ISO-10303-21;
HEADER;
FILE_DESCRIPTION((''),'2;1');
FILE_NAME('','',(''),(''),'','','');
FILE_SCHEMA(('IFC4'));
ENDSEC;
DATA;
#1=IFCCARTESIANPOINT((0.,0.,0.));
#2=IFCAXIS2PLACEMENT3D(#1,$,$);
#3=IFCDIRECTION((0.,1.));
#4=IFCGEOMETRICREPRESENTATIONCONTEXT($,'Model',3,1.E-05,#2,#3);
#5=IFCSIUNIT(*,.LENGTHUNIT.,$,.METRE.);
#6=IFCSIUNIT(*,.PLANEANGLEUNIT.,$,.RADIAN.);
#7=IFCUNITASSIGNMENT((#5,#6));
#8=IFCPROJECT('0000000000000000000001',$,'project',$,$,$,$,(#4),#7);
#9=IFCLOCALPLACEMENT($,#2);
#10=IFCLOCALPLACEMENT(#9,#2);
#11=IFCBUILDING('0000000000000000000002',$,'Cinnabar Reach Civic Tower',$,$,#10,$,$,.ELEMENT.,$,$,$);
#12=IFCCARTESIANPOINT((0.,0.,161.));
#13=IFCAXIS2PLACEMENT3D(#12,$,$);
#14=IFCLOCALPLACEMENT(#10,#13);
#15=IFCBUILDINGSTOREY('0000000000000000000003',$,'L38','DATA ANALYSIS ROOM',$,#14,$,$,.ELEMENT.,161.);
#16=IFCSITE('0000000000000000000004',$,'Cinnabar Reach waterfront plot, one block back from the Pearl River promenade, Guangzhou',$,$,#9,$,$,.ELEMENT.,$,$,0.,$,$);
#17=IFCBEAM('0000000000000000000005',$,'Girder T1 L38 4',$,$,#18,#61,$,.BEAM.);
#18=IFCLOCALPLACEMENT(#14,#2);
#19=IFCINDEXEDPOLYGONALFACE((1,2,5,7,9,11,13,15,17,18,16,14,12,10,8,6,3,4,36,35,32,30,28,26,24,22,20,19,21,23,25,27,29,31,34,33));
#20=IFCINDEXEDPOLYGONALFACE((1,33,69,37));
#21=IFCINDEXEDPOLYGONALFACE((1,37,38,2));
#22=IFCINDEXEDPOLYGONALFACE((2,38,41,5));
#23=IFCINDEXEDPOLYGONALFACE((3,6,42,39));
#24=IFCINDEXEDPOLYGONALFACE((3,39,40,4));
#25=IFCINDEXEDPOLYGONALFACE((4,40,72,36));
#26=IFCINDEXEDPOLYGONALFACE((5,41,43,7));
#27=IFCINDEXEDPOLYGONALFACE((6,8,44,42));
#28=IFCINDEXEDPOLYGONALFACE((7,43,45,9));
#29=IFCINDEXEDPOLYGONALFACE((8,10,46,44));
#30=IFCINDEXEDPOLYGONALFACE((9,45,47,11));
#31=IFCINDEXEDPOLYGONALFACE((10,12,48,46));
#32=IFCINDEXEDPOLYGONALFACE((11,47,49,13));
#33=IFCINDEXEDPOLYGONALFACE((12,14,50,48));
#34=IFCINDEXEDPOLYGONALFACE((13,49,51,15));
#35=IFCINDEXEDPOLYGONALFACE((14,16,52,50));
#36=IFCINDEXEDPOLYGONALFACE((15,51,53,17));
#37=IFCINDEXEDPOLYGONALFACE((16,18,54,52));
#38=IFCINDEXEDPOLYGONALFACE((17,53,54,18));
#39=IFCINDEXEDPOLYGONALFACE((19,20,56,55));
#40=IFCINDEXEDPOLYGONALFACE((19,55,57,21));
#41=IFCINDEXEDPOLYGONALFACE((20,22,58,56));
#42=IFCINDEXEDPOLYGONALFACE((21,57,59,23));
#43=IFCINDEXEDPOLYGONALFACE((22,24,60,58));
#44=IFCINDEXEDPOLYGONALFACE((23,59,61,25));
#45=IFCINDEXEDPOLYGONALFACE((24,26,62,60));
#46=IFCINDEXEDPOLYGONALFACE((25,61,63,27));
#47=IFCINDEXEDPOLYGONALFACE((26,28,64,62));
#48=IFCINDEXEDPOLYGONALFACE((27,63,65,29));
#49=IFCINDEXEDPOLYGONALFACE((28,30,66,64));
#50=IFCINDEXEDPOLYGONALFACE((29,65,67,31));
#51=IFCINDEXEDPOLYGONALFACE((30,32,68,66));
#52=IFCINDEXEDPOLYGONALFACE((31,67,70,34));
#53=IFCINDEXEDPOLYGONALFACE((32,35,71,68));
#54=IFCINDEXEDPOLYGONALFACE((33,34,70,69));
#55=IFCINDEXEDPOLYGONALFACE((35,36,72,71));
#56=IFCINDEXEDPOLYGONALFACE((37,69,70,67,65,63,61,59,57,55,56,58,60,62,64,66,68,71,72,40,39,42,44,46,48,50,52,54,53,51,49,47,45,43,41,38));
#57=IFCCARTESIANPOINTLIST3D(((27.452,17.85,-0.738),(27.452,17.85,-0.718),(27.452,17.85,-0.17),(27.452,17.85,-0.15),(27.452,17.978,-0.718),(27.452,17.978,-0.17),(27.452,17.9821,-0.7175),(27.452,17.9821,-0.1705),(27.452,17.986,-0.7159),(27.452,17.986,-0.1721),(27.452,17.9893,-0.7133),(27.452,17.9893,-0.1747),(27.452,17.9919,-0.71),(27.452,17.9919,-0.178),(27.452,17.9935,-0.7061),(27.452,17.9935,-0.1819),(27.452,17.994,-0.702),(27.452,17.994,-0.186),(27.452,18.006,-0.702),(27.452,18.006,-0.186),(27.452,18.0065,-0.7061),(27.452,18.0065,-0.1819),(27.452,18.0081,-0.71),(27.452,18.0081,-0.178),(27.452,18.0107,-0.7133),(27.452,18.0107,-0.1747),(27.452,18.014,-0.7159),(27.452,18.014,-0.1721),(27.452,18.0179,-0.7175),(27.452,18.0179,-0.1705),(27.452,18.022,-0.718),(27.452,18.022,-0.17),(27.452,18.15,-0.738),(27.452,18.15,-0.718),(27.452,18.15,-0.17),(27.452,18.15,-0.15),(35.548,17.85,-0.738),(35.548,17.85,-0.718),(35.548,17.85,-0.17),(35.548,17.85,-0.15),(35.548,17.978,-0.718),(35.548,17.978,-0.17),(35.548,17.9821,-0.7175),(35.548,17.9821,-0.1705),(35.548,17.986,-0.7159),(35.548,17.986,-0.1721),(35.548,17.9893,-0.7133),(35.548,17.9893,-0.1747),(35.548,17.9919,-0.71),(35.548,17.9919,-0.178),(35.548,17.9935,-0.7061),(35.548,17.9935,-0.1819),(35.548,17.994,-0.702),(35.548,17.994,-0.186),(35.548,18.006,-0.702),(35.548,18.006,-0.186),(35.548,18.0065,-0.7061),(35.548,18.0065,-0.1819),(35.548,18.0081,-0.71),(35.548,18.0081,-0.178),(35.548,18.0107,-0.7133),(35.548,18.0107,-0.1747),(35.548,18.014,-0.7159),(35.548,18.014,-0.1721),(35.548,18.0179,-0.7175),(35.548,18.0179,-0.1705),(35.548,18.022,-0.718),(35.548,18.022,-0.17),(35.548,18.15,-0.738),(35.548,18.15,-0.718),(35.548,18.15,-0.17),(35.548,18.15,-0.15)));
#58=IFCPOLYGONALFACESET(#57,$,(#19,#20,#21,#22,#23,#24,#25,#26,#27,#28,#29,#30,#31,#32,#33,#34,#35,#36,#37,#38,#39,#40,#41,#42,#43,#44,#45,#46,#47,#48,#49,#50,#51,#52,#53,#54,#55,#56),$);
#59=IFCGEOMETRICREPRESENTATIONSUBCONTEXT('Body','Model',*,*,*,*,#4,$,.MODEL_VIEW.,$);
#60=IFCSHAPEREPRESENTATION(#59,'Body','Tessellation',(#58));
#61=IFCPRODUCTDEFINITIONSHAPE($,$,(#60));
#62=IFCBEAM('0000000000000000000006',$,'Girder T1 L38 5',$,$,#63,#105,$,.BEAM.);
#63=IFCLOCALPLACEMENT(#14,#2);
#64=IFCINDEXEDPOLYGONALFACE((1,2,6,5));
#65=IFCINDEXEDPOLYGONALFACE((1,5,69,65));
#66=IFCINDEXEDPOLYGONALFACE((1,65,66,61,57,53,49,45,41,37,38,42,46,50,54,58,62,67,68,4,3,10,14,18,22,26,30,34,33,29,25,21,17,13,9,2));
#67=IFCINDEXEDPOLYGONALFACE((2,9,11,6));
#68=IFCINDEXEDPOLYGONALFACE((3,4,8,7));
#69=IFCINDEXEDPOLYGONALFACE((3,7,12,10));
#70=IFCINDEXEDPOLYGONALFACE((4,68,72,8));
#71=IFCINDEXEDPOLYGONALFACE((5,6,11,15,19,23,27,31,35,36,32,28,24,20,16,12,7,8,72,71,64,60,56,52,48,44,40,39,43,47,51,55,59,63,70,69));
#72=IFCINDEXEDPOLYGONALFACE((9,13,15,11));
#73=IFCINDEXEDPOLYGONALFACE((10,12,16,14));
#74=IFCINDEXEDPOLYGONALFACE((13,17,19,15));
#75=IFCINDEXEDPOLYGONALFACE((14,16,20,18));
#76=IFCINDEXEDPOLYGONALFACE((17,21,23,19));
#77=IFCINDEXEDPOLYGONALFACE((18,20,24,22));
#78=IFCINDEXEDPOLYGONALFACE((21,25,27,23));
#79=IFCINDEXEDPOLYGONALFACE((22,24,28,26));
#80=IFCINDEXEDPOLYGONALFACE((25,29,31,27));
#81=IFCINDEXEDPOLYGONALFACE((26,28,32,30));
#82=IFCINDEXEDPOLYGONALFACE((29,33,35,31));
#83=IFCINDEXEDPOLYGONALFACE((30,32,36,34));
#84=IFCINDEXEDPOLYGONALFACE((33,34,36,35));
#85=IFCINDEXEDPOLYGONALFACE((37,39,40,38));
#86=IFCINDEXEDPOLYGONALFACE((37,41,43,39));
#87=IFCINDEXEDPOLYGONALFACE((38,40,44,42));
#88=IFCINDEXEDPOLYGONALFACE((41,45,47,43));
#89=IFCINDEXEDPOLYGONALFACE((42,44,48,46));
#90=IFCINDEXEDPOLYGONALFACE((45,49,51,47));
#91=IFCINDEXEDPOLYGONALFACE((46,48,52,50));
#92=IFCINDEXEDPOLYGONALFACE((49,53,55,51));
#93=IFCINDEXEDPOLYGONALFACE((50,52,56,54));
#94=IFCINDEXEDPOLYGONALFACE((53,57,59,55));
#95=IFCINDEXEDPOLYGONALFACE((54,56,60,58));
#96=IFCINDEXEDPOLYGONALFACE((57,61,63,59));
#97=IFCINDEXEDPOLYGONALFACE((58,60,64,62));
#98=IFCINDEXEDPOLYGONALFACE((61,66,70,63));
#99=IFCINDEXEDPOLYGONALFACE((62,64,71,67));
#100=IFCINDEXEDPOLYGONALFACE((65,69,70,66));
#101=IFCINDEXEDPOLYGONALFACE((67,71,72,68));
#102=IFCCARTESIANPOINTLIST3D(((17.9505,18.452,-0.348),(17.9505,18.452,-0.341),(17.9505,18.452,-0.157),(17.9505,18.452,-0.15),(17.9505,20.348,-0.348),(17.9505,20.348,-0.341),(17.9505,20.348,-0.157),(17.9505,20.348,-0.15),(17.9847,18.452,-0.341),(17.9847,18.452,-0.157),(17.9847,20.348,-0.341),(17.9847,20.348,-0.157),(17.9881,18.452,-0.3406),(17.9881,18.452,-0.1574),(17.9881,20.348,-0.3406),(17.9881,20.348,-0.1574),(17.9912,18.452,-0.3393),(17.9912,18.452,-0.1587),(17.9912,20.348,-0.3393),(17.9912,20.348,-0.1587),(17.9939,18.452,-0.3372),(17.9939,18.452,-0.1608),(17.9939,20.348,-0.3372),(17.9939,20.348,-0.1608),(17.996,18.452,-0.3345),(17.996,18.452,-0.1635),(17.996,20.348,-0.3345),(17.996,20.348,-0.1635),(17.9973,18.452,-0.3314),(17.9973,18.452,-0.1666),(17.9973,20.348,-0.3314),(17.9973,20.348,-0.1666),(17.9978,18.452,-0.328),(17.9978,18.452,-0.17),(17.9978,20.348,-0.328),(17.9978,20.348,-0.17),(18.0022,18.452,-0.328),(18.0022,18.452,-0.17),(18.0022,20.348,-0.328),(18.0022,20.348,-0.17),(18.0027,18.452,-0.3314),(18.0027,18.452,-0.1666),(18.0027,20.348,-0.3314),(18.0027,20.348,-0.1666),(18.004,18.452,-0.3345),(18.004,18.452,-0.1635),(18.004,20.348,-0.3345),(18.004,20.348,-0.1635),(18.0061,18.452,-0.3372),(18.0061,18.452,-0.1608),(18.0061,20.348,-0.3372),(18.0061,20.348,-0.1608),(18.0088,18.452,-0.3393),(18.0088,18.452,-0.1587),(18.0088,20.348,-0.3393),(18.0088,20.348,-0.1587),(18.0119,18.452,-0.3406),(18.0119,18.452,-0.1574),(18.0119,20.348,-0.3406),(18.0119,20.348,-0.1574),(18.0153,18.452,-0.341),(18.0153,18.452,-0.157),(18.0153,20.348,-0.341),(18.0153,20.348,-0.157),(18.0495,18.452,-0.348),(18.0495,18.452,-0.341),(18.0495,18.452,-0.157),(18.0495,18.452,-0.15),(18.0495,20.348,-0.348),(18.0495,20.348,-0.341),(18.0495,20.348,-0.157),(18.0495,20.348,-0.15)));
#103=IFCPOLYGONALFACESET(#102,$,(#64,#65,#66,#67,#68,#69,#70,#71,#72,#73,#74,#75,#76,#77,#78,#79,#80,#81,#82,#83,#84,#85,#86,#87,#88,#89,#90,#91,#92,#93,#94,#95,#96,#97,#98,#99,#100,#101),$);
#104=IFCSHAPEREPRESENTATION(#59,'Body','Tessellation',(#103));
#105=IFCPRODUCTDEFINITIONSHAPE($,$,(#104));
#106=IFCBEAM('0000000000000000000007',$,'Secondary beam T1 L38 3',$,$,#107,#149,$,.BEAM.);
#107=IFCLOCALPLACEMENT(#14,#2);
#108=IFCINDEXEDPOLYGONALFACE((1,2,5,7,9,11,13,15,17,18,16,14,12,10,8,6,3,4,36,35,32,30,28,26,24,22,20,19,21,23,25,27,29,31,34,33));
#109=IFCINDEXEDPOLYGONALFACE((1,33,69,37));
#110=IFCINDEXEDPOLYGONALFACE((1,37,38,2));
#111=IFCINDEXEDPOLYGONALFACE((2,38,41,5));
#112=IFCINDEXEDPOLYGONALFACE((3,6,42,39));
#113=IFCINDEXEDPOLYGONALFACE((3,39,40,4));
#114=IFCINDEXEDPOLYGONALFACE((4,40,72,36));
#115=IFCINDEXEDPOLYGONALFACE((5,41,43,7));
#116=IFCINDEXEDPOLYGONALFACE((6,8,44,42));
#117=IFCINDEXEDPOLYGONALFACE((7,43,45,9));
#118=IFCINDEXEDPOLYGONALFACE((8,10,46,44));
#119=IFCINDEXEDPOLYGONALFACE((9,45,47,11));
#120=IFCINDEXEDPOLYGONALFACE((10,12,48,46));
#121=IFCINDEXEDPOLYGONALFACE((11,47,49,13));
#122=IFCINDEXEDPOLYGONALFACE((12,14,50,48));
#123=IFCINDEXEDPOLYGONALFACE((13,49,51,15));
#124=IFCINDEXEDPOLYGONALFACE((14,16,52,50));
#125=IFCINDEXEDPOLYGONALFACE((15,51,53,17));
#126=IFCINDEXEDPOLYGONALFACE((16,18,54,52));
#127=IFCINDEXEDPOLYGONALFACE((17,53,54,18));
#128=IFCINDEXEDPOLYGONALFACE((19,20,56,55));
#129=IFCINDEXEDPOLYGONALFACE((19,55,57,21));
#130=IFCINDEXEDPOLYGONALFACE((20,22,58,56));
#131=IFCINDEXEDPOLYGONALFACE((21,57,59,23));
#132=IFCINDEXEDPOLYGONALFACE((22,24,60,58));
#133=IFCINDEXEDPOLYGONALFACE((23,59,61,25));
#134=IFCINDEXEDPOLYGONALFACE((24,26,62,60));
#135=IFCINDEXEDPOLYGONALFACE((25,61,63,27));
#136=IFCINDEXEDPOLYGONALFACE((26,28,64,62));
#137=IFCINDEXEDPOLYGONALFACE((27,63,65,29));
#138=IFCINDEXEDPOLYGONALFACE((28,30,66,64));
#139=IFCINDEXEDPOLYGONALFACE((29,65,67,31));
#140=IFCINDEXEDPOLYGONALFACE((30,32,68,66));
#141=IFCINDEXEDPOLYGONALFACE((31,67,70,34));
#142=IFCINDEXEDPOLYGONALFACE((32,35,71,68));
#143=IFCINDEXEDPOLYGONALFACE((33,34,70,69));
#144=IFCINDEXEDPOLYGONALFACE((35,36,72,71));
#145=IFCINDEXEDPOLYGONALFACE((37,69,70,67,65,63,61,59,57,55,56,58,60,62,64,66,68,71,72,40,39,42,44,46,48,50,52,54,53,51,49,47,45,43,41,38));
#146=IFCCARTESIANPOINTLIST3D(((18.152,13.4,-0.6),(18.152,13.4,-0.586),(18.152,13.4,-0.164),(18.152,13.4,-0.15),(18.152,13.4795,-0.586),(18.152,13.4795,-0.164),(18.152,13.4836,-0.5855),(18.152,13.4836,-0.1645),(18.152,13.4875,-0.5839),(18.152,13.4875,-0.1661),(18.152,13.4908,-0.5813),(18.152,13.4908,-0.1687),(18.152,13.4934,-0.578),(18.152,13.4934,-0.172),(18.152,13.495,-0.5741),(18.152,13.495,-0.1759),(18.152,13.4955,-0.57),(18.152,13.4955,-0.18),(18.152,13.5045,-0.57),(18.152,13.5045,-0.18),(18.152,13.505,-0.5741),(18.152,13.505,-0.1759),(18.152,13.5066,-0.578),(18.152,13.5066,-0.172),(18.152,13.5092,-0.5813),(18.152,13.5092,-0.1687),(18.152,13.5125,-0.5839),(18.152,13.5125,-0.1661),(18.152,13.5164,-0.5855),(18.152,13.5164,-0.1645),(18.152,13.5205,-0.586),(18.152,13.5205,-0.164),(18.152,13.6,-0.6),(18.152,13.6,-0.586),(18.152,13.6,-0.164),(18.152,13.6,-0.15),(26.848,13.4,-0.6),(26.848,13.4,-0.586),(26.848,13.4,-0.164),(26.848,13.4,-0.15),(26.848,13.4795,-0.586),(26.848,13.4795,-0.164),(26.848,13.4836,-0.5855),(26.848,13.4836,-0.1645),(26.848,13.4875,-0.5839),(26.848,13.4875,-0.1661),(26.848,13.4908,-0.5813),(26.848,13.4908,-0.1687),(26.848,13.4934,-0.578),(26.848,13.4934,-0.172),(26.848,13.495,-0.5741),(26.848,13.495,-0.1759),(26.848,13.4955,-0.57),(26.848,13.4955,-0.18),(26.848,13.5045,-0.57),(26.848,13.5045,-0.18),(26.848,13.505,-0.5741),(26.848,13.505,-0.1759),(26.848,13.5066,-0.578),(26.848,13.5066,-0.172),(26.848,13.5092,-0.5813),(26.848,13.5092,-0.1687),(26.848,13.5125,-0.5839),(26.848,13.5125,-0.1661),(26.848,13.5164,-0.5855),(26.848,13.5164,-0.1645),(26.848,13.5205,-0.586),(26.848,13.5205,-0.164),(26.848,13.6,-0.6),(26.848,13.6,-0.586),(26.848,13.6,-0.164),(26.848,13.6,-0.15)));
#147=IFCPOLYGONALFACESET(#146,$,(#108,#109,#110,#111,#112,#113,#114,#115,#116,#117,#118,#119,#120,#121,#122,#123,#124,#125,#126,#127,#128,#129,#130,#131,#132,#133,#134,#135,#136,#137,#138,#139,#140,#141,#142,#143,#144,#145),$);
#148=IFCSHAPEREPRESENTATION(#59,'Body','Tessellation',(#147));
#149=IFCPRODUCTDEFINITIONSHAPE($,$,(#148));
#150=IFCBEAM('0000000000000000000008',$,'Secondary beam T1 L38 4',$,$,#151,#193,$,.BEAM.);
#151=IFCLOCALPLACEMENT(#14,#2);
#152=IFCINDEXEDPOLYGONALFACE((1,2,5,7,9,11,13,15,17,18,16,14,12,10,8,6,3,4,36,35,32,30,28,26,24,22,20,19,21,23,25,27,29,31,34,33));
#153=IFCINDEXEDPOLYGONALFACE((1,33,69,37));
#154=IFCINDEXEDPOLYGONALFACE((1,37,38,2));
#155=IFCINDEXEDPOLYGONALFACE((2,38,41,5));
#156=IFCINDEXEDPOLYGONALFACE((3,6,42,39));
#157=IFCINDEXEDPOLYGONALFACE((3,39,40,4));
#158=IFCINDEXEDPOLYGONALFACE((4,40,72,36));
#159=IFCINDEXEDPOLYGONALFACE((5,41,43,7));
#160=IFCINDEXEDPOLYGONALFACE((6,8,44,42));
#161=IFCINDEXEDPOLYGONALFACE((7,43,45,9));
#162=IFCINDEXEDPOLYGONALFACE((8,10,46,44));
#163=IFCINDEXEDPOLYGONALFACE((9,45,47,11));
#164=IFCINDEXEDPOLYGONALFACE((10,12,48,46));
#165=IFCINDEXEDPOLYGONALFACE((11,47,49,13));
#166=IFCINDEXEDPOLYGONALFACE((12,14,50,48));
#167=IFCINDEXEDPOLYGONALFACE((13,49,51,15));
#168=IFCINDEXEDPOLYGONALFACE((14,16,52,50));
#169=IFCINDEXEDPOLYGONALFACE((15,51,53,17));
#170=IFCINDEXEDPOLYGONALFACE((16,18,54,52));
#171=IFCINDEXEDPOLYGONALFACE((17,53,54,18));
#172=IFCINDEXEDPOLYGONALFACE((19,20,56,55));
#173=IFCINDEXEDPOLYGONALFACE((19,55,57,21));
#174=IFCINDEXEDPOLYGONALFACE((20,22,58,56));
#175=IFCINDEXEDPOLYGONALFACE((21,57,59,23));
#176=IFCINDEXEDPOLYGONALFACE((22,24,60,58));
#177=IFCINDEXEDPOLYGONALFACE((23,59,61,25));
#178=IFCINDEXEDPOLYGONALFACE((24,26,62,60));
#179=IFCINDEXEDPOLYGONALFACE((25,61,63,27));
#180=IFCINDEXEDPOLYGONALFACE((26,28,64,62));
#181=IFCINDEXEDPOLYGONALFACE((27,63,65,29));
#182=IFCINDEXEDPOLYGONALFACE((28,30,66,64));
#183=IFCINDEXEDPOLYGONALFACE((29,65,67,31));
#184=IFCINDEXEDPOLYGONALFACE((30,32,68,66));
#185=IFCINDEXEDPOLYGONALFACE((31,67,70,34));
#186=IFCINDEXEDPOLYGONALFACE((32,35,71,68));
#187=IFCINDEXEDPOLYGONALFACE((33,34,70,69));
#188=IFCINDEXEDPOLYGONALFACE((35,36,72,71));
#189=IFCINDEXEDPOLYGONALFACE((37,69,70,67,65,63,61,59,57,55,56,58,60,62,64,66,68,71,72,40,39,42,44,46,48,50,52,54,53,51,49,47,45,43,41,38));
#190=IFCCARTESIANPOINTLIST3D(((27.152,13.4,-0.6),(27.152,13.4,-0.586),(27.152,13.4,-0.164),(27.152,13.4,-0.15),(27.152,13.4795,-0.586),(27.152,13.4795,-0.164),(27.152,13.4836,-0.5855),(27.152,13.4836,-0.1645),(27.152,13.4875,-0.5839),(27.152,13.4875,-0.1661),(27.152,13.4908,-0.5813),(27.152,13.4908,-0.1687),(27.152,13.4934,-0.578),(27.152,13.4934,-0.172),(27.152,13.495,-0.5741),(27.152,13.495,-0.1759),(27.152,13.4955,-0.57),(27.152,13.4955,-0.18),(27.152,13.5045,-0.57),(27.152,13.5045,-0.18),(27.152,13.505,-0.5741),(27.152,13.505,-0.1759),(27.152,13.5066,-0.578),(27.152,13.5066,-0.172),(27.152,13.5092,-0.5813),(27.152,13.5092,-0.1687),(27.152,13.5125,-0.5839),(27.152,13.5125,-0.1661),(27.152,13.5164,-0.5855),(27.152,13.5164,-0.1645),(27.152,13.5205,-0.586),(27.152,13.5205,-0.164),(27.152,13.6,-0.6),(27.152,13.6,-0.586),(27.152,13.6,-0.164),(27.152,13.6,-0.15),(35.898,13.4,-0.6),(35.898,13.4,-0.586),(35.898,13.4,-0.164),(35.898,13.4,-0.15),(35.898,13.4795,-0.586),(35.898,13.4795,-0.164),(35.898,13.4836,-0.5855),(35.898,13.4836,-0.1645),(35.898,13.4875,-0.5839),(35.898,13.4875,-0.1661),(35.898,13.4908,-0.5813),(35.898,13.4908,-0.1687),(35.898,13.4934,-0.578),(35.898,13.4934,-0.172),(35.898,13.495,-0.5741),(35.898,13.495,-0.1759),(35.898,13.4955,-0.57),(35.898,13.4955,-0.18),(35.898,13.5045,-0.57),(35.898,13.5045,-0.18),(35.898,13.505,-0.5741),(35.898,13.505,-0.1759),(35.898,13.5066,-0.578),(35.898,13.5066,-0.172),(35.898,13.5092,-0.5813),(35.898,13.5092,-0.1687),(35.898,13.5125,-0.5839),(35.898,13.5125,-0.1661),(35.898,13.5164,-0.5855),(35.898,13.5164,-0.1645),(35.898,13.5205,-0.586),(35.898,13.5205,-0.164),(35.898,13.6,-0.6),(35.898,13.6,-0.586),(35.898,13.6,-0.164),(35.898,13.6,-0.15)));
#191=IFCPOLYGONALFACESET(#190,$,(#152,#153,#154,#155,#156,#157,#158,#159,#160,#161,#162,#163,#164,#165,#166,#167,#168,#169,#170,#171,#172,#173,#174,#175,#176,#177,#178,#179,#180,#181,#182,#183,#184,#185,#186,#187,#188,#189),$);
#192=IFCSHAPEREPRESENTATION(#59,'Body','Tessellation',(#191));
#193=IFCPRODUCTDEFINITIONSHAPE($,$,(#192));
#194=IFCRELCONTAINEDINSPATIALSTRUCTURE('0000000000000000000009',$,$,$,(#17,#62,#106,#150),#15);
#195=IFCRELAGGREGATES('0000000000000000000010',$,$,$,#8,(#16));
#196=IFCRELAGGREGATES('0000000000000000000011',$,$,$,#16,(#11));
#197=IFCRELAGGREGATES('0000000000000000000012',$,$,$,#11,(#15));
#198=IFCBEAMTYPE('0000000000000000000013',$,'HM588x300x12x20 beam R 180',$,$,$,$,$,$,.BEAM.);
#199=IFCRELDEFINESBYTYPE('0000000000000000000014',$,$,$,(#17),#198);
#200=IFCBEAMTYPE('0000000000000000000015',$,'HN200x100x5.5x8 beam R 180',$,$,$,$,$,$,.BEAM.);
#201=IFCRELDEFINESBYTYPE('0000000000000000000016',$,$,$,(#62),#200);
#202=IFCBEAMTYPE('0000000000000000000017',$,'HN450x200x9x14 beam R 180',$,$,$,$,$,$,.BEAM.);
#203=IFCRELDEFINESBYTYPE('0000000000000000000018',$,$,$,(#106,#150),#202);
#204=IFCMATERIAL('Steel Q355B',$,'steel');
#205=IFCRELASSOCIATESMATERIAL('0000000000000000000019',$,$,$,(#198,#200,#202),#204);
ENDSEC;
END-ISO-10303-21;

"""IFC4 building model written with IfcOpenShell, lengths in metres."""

from ifc_helpers import new_model, si_unit, direction, frame, origin, origin_2d, place, context, subcontext, project, spatial, i_section, extrude, material, material_profile, profile_set, type_object, element, save


model = new_model("IFC4")

# Units and contexts
model_context = context("Model", 3, precision=1e-05, world=origin(), true_north=direction((0.0, 1.0)))
body_context = subcontext(model_context, "Body", "Model", "MODEL_VIEW")
ifc_project = project(units=[si_unit("LENGTHUNIT", "METRE"), si_unit("PLANEANGLEUNIT", "RADIAN")], contexts=[model_context])

# Site, building, storey
site_placement = place(None, origin())
site = spatial("IfcSite", under=ifc_project, at=site_placement, Name="Cinnabar Reach waterfront plot, one block back from the Pearl River promenade, Guangzhou", CompositionType="ELEMENT", RefElevation=0.0)
building_placement = place(site_placement, origin())
building = spatial("IfcBuilding", under=site, at=building_placement, Name="Cinnabar Reach Civic Tower", CompositionType="ELEMENT")
storey_placement = place(building_placement, frame((0.0, 0.0, 161.0)))
storey = spatial("IfcBuildingStorey", under=building, at=storey_placement, Name="L38", Description="DATA ANALYSIS ROOM", CompositionType="ELEMENT", Elevation=161.0)

# Beams
ifc_material_1 = material(Name="Steel Q355B", Category="steel")
ifc_material_profile_1 = material_profile(ifc_material_1, i_section(OverallWidth=0.3, OverallDepth=0.588, WebThickness=0.012, FlangeThickness=0.02, FilletRadius=0.016, at=origin_2d()), Name="HM588x300x12x20")
ifc_profile_set_1 = profile_set([ifc_material_profile_1], Name="Steel Q355B")
beam_type_1 = type_object("IfcBeamType", Name="HM588x300x12x20 beam R 180", PredefinedType="BEAM", material=ifc_profile_set_1)
for number, where, z_axis, x_axis, name in (
    (1, (27.452, 18.0, -0.444), (1.0, 0.0, 0.0), (0.0, 1.0, 0.0), "Girder T1 L38 4"),
):
    element("IfcBeam", number, at=place(storey_placement, frame(where, z_axis=z_axis, x_axis=x_axis)), inside=storey, type_object=beam_type_1, Name=name, PredefinedType="BEAM", context=body_context, shape_type="SweptSolid", body=[
        extrude(i_section(OverallWidth=0.3, OverallDepth=0.588, WebThickness=0.012, FlangeThickness=0.02, FilletRadius=0.016, at=origin_2d()), origin(), (0.0, 0.0, 1.0), 8.096),
    ])
ifc_material_profile_2 = material_profile(ifc_material_1, i_section(OverallWidth=0.099, OverallDepth=0.198, WebThickness=0.0045, FlangeThickness=0.007, FilletRadius=0.013, at=origin_2d()), Name="HN200x100x5.5x8")
ifc_profile_set_2 = profile_set([ifc_material_profile_2], Name="Steel Q355B")
beam_type_2 = type_object("IfcBeamType", Name="HN200x100x5.5x8 beam R 180", PredefinedType="BEAM", material=ifc_profile_set_2)
beam_1_placement = place(storey_placement, frame((18.0, 18.452, -0.249), z_axis=(0.0, 1.0, 0.0), x_axis=(-1.0, 0.0, 0.0)))
element("IfcBeam", 2, at=beam_1_placement, inside=storey, type_object=beam_type_2, Name="Girder T1 L38 5", PredefinedType="BEAM", context=body_context, shape_type="SweptSolid", body=[
    extrude(i_section(OverallWidth=0.099, OverallDepth=0.198, WebThickness=0.0045, FlangeThickness=0.007, FilletRadius=0.013, at=origin_2d()), origin(), (0.0, 0.0, 1.0), 1.896),
])
ifc_material_profile_3 = material_profile(ifc_material_1, i_section(OverallWidth=0.2, OverallDepth=0.45, WebThickness=0.009, FlangeThickness=0.014, FilletRadius=0.016, at=origin_2d()), Name="HN450x200x9x14")
ifc_profile_set_3 = profile_set([ifc_material_profile_3], Name="Steel Q355B")
beam_type_3 = type_object("IfcBeamType", Name="HN450x200x9x14 beam R 180", PredefinedType="BEAM", material=ifc_profile_set_3)
beam_2_placement = place(storey_placement, frame((18.152, 13.5, -0.375), z_axis=(1.0, 0.0, 0.0), x_axis=(0.0, 1.0, 0.0)))
element("IfcBeam", 3, at=beam_2_placement, inside=storey, type_object=beam_type_3, Name="Secondary beam T1 L38 3", PredefinedType="BEAM", context=body_context, shape_type="SweptSolid", body=[
    extrude(i_section(OverallWidth=0.2, OverallDepth=0.45, WebThickness=0.009, FlangeThickness=0.014, FilletRadius=0.016, at=origin_2d()), origin(), (0.0, 0.0, 1.0), 8.696),
])
beam_3_placement = place(storey_placement, frame((27.152, 13.5, -0.375), z_axis=(1.0, 0.0, 0.0), x_axis=(0.0, 1.0, 0.0)))
element("IfcBeam", 4, at=beam_3_placement, inside=storey, type_object=beam_type_3, Name="Secondary beam T1 L38 4", PredefinedType="BEAM", context=body_context, shape_type="SweptSolid", body=[
    extrude(i_section(OverallWidth=0.2, OverallDepth=0.45, WebThickness=0.009, FlangeThickness=0.014, FilletRadius=0.016, at=origin_2d()), origin(), (0.0, 0.0, 1.0), 8.746),
])

save(model, "model.ifc")
